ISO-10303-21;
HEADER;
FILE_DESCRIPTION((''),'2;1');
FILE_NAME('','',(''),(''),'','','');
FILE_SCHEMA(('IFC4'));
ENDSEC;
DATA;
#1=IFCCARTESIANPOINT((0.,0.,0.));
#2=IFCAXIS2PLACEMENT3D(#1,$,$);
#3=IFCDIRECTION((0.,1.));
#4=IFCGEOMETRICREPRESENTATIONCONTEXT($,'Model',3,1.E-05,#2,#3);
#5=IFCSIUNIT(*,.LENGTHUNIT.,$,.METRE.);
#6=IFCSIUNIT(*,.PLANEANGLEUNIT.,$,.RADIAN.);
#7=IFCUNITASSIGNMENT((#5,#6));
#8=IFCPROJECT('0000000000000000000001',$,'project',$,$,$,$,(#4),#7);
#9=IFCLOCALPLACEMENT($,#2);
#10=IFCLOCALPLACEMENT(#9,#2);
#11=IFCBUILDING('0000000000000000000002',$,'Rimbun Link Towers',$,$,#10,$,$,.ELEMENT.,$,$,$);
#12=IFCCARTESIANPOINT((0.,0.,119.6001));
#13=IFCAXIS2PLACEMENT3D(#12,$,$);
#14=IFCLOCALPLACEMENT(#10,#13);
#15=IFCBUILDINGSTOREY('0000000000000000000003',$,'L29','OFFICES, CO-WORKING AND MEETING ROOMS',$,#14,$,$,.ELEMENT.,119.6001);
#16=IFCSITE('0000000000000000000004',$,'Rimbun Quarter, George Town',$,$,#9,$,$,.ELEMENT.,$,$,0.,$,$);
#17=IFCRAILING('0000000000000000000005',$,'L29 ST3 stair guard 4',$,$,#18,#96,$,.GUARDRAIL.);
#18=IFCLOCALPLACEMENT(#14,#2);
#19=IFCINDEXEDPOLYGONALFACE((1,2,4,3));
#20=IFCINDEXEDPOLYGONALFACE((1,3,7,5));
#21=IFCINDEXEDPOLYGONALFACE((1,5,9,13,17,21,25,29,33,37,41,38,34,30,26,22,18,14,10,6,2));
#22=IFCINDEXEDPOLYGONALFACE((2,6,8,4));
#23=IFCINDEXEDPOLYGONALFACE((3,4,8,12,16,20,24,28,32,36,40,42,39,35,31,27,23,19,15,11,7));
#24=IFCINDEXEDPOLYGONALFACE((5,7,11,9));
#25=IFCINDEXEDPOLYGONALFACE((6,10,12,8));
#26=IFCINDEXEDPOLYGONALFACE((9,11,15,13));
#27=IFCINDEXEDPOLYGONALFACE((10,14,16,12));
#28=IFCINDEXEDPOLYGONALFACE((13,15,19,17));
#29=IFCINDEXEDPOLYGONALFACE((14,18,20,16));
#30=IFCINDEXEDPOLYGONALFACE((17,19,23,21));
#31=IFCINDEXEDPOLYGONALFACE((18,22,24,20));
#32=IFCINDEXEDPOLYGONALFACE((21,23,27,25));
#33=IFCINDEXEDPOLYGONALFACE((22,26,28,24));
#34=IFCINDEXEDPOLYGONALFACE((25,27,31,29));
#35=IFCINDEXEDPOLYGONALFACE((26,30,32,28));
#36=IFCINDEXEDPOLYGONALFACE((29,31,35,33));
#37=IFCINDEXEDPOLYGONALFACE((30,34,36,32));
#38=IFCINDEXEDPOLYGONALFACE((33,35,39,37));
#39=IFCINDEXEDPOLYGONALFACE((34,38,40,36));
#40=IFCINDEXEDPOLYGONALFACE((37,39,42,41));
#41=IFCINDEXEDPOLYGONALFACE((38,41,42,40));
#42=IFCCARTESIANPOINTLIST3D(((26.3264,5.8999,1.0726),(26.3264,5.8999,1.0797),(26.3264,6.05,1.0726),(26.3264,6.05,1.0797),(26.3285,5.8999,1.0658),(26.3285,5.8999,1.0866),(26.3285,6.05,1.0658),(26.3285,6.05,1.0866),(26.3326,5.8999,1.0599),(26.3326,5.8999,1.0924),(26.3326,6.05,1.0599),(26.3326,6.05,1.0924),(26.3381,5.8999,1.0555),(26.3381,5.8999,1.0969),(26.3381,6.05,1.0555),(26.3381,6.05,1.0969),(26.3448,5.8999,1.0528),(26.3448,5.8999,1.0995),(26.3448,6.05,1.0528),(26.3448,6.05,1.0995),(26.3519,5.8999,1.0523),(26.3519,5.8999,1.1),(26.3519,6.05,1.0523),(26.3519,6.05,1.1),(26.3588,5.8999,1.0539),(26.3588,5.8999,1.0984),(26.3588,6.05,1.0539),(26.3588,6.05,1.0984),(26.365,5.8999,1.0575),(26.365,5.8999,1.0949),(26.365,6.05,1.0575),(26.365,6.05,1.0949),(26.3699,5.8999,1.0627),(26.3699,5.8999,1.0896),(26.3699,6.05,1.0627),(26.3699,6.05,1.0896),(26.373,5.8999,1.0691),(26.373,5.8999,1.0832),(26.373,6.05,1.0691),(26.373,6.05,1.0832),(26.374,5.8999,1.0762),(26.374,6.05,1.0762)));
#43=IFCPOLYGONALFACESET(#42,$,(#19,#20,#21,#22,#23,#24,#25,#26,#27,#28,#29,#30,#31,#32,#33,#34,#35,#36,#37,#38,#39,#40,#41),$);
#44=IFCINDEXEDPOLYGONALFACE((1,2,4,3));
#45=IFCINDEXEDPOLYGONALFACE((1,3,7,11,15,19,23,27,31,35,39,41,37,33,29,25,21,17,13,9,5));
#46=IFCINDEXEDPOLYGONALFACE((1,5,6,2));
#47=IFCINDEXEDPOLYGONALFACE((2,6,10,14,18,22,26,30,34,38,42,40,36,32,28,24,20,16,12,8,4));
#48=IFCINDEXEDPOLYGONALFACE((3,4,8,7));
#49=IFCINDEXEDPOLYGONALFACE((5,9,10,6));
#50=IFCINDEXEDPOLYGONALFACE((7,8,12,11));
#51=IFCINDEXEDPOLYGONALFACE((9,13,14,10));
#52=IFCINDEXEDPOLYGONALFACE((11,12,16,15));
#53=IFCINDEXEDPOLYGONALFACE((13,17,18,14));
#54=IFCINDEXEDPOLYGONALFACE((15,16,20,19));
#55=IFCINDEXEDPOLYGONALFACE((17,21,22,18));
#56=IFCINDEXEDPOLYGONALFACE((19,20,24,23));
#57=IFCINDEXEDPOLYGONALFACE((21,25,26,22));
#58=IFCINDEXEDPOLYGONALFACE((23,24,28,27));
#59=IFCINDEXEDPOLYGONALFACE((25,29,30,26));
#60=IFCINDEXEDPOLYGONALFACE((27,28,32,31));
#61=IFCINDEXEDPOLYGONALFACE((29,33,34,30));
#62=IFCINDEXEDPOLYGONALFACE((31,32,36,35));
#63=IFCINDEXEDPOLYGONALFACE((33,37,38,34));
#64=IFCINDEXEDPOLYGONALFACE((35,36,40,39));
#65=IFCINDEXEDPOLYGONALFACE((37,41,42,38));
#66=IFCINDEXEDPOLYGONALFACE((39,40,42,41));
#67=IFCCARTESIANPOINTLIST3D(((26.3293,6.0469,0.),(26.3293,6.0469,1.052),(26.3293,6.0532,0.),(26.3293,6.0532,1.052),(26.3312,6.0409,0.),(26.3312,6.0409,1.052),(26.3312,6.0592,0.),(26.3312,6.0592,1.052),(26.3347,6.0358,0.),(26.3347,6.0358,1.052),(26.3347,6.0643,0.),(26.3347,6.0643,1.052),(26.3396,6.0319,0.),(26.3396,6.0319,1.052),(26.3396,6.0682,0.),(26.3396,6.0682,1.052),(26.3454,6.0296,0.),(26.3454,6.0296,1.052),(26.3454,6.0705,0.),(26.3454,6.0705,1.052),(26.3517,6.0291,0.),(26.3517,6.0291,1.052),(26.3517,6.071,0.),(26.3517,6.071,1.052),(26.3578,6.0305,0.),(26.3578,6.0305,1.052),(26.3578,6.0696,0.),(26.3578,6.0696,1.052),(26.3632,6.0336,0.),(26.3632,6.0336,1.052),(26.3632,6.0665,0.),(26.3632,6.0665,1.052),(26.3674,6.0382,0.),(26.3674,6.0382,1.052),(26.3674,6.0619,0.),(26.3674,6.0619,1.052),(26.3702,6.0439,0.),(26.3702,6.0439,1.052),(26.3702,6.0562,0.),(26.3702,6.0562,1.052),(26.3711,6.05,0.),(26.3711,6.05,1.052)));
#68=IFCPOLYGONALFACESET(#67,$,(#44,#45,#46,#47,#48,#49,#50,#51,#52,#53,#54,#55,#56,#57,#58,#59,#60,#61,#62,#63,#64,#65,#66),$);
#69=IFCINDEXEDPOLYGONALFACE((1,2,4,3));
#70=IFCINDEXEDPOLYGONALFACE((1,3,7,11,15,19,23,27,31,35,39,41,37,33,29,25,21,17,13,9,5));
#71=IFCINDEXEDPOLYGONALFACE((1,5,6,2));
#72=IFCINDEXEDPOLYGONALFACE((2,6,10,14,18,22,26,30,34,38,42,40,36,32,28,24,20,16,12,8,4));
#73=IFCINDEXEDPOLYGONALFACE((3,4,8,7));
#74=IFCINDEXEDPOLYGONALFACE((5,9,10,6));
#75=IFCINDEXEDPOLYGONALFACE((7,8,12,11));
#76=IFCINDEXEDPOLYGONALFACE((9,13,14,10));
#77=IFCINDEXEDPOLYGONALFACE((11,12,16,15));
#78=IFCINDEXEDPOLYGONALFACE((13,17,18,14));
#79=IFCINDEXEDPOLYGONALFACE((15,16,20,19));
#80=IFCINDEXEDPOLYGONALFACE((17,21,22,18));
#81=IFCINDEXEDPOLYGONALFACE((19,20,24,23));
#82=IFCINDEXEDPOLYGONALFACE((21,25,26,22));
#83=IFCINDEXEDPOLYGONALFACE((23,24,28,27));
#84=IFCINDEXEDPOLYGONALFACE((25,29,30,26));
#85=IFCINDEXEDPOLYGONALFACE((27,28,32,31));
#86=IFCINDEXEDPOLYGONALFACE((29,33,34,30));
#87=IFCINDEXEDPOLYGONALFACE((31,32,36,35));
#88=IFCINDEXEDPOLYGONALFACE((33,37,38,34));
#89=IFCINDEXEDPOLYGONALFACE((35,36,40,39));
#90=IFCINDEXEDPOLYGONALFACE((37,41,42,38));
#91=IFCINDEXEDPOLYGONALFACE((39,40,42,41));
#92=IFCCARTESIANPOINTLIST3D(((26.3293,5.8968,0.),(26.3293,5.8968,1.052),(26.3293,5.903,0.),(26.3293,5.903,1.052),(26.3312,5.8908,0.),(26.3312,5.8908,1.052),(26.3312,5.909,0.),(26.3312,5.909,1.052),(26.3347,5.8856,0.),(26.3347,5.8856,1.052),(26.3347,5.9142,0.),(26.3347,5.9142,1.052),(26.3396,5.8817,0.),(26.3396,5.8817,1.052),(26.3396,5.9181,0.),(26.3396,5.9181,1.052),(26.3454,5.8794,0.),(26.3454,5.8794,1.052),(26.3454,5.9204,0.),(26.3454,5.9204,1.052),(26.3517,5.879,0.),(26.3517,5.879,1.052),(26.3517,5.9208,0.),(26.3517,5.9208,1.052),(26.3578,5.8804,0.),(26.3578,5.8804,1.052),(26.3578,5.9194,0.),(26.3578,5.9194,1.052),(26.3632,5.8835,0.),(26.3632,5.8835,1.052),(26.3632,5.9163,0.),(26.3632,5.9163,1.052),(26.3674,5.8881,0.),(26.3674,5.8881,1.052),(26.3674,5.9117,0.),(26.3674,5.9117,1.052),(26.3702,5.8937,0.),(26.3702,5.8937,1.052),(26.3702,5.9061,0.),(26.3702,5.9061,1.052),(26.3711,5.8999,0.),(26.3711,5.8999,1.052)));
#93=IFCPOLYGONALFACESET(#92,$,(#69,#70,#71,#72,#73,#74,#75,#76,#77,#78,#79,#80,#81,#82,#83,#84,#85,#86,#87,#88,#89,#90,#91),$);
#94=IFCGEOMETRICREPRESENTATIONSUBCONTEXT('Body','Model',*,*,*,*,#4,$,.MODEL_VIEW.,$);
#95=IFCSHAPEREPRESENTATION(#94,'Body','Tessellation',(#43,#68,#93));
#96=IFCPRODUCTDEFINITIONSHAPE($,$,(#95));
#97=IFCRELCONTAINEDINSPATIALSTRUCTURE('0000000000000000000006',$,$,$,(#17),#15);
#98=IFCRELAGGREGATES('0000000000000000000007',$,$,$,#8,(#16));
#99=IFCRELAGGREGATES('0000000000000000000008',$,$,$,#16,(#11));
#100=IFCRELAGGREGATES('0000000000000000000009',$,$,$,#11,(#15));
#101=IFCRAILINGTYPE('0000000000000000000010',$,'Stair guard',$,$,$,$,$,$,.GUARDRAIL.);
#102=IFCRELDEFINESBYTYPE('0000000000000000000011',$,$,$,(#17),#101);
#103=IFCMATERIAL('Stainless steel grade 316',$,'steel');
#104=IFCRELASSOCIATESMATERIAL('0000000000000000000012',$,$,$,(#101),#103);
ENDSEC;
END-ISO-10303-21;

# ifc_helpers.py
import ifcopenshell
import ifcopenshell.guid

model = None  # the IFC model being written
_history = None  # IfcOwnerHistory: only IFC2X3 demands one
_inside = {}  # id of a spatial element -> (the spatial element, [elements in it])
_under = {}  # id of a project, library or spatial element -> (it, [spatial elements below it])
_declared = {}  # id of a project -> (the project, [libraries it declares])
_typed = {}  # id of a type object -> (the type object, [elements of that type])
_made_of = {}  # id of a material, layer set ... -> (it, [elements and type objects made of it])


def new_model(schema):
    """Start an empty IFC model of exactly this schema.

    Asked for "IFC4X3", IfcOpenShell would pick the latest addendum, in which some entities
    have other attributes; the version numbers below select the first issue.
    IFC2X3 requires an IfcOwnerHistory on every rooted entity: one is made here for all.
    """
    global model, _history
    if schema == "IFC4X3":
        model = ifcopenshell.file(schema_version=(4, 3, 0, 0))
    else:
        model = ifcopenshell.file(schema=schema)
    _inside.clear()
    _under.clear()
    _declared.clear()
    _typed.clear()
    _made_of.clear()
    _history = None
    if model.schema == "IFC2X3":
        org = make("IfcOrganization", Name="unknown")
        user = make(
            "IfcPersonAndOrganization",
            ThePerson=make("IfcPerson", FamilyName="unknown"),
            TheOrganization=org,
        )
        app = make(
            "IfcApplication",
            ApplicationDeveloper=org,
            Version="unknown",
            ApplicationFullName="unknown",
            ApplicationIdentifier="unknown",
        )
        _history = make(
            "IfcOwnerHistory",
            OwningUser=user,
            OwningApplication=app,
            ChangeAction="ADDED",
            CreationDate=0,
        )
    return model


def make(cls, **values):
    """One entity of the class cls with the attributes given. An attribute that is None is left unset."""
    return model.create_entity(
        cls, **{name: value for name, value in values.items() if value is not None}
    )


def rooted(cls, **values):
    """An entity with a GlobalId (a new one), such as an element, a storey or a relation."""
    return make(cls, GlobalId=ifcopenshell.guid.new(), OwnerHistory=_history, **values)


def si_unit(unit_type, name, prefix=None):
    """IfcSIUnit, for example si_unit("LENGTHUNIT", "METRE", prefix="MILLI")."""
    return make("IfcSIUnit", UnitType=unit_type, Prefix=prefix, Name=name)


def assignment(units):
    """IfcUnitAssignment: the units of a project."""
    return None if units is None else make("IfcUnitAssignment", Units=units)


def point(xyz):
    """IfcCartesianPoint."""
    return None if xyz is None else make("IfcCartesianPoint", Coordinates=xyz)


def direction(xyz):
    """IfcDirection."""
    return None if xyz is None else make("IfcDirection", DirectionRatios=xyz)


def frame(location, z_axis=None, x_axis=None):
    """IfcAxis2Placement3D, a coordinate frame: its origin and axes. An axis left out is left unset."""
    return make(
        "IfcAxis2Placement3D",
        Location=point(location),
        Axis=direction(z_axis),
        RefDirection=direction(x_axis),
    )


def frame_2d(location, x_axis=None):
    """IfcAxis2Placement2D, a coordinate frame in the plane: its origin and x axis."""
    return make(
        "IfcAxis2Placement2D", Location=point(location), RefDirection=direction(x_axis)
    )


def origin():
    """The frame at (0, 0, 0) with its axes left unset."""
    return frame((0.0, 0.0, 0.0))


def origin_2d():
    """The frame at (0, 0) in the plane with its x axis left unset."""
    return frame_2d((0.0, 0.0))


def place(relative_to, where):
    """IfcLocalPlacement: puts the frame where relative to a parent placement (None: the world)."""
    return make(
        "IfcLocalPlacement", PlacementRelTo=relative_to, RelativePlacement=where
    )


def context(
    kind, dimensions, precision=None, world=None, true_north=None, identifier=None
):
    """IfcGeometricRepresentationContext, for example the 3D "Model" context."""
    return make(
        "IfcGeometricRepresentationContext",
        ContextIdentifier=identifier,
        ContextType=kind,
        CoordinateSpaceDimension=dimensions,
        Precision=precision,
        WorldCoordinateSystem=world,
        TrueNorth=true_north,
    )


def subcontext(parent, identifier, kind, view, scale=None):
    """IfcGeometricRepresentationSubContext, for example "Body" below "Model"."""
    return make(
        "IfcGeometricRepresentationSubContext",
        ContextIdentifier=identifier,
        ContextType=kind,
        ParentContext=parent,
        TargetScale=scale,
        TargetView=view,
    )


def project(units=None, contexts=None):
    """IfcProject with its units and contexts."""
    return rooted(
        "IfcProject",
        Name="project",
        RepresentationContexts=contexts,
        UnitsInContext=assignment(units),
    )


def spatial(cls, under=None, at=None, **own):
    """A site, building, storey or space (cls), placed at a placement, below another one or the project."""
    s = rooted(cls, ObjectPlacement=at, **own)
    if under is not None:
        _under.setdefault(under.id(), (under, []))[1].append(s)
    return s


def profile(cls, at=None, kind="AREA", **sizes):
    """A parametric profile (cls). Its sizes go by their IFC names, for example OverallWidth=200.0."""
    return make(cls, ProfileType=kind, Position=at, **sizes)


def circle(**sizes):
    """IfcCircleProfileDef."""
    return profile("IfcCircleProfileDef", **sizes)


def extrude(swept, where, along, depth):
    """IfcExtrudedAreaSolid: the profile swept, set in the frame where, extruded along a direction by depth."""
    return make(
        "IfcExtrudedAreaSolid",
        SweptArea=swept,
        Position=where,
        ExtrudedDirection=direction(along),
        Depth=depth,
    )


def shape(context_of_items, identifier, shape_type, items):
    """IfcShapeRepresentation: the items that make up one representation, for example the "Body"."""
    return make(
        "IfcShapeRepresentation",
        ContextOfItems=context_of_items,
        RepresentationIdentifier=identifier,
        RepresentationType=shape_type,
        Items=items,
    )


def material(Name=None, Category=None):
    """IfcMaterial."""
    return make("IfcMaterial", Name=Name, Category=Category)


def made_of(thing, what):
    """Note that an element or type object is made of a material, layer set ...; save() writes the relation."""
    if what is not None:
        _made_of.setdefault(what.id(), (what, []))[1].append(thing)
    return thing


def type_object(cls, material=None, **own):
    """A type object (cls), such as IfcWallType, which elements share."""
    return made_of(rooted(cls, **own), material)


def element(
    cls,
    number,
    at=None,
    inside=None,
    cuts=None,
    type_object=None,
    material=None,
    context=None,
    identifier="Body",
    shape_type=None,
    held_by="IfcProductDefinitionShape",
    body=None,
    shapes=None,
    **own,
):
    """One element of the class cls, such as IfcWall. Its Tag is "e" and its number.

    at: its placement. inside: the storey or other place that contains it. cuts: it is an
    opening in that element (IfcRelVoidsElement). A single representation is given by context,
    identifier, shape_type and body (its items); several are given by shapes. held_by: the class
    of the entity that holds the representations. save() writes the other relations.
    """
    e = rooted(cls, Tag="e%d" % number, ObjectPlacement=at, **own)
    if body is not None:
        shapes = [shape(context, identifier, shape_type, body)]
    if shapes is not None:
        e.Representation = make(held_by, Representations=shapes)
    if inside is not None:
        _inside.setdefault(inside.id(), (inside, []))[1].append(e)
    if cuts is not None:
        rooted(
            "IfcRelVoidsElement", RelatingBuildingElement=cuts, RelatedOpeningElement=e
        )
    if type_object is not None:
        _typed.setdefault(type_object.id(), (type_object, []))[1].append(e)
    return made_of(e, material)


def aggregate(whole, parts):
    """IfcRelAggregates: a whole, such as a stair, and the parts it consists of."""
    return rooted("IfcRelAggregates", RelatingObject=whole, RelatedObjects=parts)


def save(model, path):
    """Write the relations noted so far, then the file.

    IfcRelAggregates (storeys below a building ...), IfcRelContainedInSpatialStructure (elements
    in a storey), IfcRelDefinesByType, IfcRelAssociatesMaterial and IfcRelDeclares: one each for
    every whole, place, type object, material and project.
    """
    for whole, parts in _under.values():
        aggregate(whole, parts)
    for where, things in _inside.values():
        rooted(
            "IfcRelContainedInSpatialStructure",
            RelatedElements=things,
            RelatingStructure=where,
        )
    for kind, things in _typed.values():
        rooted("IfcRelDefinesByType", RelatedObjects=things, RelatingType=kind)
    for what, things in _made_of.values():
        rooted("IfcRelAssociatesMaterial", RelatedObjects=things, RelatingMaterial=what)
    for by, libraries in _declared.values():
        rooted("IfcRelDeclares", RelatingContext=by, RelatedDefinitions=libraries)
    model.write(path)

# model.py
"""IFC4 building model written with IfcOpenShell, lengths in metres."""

from ifc_helpers import new_model, si_unit, direction, frame, origin, origin_2d, place, context, subcontext, project, spatial, circle, extrude, material, type_object, element, save


model = new_model("IFC4")

# Units and contexts
model_context = context("Model", 3, precision=1e-05, world=origin(), true_north=direction((0.0, 1.0)))
body_context = subcontext(model_context, "Body", "Model", "MODEL_VIEW")
ifc_project = project(units=[si_unit("LENGTHUNIT", "METRE"), si_unit("PLANEANGLEUNIT", "RADIAN")], contexts=[model_context])

# Site, building, storey
site_placement = place(None, origin())
site = spatial("IfcSite", under=ifc_project, at=site_placement, Name="Rimbun Quarter, George Town", CompositionType="ELEMENT", RefElevation=0.0)
building_placement = place(site_placement, origin())
building = spatial("IfcBuilding", under=site, at=building_placement, Name="Rimbun Link Towers", CompositionType="ELEMENT")
storey_placement = place(building_placement, frame((0.0, 0.0, 119.6001)))
storey = spatial("IfcBuildingStorey", under=building, at=storey_placement, Name="L29", Description="OFFICES, CO-WORKING AND MEETING ROOMS", CompositionType="ELEMENT", Elevation=119.6001)

# Railing
ifc_material_1 = material(Name="Stainless steel grade 316", Category="steel")
railing_type_1 = type_object("IfcRailingType", Name="Stair guard", PredefinedType="GUARDRAIL", material=ifc_material_1)
railing_1_placement = place(storey_placement, frame((26.3501, 6.05, 0.0)))
element("IfcRailing", 1, at=railing_1_placement, inside=storey, type_object=railing_type_1, Name="L29 ST3 stair guard 4", PredefinedType="GUARDRAIL", context=body_context, shape_type="SweptSolid", body=[
    extrude(circle(Radius=0.0239, at=origin_2d()), frame((0.0, 0.0, 1.0762), z_axis=(0.0, -1.0, 0.0), x_axis=(1.0, 0.0, 0.0)), (0.0, 0.0, 1.0), 0.1501),
    extrude(circle(Radius=0.021, at=origin_2d()), origin(), (0.0, 0.0, 1.0), 1.052),
    extrude(circle(Radius=0.021, at=origin_2d()), frame((0.0, -0.1501, 0.0)), (0.0, 0.0, 1.0), 1.052),
])

save(model, "model.ifc")
